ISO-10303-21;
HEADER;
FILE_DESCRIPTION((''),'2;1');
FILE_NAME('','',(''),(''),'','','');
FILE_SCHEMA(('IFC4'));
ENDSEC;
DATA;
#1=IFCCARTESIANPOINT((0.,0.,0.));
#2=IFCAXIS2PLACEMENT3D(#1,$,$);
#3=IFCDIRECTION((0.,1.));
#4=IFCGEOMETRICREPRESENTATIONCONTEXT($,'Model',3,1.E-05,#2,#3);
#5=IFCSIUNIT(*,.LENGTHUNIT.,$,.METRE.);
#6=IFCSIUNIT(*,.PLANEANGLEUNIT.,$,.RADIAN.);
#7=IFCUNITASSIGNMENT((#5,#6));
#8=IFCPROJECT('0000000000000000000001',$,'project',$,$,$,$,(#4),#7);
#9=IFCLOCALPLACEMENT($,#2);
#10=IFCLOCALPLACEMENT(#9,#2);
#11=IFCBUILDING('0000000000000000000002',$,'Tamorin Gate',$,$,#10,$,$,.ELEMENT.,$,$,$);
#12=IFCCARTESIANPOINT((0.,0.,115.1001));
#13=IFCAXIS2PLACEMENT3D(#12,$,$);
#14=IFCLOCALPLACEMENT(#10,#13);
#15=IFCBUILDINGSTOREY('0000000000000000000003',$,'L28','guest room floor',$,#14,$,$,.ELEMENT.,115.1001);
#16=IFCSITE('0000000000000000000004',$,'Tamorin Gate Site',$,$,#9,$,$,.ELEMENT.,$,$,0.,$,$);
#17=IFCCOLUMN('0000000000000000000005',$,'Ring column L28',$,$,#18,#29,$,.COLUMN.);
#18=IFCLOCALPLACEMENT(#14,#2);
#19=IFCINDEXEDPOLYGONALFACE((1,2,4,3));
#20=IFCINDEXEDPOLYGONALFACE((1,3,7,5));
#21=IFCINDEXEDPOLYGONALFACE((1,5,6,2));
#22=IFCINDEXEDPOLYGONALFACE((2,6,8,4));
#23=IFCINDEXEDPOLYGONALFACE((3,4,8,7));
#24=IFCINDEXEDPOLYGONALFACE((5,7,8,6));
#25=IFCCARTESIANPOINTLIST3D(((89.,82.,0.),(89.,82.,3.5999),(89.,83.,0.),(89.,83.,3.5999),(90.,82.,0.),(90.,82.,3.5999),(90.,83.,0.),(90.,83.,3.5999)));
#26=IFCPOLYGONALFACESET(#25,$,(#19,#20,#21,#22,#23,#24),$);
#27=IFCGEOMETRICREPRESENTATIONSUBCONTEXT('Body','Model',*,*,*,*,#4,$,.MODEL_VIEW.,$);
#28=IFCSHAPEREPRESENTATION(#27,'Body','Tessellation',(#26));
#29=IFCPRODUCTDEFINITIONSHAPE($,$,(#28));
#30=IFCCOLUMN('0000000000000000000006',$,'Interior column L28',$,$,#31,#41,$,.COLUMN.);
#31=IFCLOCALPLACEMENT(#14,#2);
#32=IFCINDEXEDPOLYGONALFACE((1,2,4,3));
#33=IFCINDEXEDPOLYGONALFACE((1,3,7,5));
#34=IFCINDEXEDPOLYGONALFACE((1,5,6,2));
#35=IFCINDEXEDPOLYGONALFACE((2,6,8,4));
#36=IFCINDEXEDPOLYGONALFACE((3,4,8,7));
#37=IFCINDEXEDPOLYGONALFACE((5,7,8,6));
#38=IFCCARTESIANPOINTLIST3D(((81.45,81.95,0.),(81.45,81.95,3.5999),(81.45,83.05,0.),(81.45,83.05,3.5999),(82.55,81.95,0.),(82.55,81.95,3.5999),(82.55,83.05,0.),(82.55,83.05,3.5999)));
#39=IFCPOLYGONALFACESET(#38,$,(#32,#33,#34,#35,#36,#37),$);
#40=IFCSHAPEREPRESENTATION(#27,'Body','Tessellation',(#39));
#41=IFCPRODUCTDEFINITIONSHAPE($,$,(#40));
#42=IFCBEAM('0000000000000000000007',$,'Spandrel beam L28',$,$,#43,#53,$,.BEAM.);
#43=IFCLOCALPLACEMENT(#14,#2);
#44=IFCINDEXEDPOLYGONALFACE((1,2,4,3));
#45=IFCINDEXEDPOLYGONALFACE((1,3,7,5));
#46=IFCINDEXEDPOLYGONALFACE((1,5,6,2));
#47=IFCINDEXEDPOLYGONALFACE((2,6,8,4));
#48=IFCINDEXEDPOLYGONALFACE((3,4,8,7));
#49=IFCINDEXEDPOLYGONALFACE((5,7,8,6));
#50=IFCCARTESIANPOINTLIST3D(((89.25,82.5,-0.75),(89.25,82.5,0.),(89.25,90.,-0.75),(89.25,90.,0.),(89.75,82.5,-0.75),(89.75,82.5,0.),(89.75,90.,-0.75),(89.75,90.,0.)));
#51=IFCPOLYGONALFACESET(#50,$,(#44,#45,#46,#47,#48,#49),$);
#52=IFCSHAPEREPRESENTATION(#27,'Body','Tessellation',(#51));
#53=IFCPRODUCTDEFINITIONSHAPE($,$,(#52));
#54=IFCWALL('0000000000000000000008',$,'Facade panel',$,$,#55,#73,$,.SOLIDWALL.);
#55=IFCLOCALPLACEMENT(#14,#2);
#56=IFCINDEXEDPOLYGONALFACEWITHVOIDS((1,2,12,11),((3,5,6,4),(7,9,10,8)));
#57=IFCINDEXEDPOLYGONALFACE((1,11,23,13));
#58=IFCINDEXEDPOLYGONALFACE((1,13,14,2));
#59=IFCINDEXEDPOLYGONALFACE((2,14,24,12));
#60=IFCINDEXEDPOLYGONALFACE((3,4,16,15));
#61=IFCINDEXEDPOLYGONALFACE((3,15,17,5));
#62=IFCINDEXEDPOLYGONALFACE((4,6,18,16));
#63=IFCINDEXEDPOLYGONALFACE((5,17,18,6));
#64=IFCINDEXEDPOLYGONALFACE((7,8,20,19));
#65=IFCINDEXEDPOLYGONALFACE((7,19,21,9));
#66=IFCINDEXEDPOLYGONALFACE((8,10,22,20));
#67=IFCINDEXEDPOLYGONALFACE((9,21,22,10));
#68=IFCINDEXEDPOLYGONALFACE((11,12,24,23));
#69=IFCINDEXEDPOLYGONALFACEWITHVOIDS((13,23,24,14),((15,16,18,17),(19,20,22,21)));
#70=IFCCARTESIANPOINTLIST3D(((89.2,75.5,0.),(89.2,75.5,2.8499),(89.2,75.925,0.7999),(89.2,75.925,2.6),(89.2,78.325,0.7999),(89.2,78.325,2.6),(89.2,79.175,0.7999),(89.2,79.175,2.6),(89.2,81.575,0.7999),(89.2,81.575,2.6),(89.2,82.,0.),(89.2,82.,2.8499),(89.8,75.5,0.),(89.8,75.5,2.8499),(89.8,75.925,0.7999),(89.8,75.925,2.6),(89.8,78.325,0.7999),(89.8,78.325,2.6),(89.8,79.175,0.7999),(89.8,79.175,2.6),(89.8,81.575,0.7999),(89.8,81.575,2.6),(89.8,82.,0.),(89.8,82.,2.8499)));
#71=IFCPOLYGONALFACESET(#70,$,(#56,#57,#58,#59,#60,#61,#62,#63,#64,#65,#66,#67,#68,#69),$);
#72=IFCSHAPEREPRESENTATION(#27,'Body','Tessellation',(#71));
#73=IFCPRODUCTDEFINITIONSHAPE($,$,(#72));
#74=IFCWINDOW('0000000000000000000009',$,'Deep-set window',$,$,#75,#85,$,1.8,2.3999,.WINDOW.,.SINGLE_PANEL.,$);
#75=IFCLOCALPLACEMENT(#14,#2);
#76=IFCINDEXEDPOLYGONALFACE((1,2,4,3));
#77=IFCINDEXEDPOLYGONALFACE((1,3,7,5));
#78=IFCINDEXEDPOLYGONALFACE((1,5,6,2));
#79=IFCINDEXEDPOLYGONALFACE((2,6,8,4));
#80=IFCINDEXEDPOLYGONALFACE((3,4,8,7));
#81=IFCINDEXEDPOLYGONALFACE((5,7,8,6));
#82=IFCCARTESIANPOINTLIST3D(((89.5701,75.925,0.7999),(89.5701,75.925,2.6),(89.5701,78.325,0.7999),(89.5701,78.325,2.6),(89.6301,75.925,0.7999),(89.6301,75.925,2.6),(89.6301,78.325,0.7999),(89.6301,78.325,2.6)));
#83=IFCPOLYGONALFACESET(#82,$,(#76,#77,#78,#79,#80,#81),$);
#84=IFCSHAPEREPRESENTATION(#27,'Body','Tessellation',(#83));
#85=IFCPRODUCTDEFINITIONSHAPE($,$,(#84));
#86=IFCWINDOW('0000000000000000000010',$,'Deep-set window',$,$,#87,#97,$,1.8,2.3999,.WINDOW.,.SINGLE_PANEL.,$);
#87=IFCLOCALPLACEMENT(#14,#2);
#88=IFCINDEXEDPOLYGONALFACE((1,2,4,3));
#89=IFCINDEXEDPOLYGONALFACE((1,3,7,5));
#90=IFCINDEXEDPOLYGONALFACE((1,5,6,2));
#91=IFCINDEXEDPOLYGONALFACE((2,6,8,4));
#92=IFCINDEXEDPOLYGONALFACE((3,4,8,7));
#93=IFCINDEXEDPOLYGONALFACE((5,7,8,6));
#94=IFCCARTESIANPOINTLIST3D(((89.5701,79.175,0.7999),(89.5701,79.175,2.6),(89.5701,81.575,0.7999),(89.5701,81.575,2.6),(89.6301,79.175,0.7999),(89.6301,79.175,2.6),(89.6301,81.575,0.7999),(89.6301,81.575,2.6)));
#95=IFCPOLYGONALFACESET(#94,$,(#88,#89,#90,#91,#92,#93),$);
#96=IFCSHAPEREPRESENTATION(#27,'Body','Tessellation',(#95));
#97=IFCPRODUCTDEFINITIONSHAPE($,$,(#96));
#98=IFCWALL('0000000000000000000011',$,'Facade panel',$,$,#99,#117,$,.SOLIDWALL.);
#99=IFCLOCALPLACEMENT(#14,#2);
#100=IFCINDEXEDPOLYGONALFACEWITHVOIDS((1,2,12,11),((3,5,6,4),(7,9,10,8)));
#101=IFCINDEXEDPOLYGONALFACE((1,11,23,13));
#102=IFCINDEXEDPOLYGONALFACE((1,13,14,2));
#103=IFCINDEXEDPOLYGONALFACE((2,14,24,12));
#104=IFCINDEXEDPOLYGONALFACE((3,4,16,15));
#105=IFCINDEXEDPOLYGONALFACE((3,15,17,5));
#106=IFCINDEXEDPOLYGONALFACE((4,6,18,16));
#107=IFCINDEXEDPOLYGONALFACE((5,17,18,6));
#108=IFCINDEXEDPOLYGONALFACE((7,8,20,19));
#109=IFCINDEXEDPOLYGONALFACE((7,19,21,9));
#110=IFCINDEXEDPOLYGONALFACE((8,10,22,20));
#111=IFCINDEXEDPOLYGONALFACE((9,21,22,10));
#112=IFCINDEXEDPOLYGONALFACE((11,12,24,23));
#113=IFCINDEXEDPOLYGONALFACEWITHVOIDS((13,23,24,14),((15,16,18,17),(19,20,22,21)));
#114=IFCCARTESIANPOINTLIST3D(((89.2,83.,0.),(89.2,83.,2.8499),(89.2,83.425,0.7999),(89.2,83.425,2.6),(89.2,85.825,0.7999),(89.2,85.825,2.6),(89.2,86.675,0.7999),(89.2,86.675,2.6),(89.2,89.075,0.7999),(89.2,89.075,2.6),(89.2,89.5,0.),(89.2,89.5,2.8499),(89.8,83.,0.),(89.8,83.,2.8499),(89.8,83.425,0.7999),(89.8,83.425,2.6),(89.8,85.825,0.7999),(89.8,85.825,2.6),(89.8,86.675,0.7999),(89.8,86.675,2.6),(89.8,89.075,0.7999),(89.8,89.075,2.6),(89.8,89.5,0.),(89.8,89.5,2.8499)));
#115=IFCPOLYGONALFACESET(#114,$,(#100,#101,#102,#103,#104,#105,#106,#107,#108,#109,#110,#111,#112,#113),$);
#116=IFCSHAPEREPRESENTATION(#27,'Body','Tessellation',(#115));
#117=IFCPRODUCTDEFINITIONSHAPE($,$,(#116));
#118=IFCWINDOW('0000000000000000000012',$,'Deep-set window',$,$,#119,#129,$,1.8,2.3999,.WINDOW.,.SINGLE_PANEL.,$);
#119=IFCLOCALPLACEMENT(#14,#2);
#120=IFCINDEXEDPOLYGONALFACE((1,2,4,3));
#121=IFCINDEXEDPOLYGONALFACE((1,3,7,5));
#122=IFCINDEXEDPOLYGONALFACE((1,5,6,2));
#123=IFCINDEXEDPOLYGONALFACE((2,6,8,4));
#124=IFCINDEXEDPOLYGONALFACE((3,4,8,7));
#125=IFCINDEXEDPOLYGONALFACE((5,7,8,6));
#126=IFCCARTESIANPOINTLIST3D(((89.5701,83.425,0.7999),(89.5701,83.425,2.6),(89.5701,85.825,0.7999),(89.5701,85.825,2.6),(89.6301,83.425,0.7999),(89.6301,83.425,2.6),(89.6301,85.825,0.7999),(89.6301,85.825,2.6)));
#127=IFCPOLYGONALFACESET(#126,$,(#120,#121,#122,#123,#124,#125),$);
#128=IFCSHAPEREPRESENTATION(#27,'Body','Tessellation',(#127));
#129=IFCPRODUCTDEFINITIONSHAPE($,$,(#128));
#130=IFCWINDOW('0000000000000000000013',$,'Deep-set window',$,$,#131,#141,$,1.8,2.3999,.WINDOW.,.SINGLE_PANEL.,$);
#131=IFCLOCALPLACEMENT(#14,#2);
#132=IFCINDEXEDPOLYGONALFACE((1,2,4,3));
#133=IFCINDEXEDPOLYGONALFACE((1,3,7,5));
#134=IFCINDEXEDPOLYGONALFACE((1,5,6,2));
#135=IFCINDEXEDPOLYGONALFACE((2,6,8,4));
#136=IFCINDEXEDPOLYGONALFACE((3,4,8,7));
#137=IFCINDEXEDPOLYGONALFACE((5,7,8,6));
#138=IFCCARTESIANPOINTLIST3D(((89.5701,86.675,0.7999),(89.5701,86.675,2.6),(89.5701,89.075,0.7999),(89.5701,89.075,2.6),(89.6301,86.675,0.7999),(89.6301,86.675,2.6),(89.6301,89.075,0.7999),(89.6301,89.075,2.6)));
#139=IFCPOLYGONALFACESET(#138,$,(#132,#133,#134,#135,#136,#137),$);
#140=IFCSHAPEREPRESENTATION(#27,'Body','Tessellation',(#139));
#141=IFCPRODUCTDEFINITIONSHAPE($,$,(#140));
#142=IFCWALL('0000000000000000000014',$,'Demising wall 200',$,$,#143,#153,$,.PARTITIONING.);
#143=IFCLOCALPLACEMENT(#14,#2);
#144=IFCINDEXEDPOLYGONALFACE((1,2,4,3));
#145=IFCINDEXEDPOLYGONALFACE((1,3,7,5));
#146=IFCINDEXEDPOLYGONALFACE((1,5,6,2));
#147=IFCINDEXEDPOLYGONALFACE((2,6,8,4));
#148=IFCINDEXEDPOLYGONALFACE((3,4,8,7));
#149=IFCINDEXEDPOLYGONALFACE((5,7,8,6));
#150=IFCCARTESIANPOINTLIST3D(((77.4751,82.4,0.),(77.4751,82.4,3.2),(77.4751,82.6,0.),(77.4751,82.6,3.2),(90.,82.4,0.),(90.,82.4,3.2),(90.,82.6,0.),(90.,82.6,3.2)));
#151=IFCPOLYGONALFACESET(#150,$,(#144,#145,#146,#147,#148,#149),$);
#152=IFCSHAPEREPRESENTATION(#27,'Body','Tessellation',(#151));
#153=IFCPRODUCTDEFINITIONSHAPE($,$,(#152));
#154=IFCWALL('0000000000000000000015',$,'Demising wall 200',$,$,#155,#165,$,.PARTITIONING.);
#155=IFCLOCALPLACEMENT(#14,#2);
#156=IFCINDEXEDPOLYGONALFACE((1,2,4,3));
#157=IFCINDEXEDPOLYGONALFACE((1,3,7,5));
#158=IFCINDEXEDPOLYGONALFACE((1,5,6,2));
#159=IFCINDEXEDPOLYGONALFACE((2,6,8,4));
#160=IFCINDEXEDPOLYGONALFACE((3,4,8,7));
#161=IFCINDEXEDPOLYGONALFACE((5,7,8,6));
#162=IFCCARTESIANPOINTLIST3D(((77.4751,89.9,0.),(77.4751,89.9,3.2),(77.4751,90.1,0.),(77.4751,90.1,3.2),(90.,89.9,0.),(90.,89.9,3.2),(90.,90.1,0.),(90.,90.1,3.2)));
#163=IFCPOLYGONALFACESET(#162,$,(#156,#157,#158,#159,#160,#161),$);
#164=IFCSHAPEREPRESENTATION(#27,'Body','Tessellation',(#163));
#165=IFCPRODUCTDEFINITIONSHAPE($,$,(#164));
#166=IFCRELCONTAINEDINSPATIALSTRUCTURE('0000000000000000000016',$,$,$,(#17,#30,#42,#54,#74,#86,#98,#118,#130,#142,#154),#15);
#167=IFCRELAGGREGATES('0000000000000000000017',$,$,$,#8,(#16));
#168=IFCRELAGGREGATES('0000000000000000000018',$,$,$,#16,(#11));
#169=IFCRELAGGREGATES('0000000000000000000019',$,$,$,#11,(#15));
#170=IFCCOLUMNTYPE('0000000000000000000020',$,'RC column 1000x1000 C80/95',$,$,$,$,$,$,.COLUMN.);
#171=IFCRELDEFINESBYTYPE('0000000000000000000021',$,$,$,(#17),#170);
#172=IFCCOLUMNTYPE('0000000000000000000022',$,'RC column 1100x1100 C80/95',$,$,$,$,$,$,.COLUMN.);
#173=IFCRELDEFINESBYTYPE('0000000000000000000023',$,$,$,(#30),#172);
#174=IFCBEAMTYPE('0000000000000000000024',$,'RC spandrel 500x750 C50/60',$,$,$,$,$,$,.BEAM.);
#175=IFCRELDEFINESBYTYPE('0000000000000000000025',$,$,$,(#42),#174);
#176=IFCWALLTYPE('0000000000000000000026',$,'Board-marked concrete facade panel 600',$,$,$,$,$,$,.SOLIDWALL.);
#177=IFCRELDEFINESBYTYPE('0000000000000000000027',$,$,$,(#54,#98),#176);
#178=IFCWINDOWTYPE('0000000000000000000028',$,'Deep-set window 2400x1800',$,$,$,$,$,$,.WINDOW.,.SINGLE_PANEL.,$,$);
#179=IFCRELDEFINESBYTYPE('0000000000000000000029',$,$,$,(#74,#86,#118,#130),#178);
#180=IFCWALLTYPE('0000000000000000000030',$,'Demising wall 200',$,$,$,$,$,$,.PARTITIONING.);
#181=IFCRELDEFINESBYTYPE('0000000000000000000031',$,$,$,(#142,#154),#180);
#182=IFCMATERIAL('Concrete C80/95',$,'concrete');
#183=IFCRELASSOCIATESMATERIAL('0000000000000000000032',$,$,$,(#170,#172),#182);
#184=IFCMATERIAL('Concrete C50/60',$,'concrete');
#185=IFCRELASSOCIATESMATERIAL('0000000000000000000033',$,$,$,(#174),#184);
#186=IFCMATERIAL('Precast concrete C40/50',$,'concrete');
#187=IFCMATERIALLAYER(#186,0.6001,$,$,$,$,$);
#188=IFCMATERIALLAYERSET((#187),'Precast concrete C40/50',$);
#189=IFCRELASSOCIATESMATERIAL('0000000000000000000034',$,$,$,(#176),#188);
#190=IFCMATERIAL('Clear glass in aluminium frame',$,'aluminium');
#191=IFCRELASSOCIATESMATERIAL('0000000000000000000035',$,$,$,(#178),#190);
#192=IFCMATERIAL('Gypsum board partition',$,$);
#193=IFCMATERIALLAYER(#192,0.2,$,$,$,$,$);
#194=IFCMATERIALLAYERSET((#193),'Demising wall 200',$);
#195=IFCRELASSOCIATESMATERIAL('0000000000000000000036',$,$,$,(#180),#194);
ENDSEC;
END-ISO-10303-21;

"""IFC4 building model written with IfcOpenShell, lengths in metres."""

from ifc_helpers import new_model, si_unit, direction, frame, frame_2d, origin, origin_2d, place, context, subcontext, project, spatial, rectangle, extrude, material, layer, layer_set, material_profile, profile_set, type_object, element, fill, save


model = new_model("IFC4")

# Units and contexts
model_context = context("Model", 3, precision=1e-05, world=origin(), true_north=direction((0.0, 1.0)))
body_context = subcontext(model_context, "Body", "Model", "MODEL_VIEW")
ifc_project = project(units=[si_unit("LENGTHUNIT", "METRE"), si_unit("PLANEANGLEUNIT", "RADIAN")], contexts=[model_context])

# Site, building, storey
site_placement = place(None, origin())
site = spatial("IfcSite", under=ifc_project, at=site_placement, Name="Tamorin Gate Site", CompositionType="ELEMENT", RefElevation=0.0)
building_placement = place(site_placement, origin())
building = spatial("IfcBuilding", under=site, at=building_placement, Name="Tamorin Gate", CompositionType="ELEMENT")
storey_placement = place(building_placement, frame((0.0, 0.0, 115.1001)))
storey = spatial("IfcBuildingStorey", under=building, at=storey_placement, Name="L28", Description="guest room floor", CompositionType="ELEMENT", Elevation=115.1001)

# Columns
ifc_material_1 = material(Name="Concrete C80/95", Category="concrete")
ifc_material_profile_1 = material_profile(ifc_material_1, rectangle(XDim=1.0, YDim=1.0, at=origin_2d()), Name="RC 1000x1000")
ifc_profile_set_1 = profile_set([ifc_material_profile_1], Name="Concrete C80/95")
column_type_1 = type_object("IfcColumnType", Name="RC column 1000x1000 C80/95", PredefinedType="COLUMN", material=ifc_profile_set_1)
column_1_placement = place(storey_placement, frame((89.5, 82.5, 0.0), z_axis=(0.0, 0.0, 1.0), x_axis=(1.0, 0.0, 0.0)))
element("IfcColumn", 1, at=column_1_placement, inside=storey, type_object=column_type_1, Name="Ring column L28", PredefinedType="COLUMN", context=body_context, shape_type="SweptSolid", body=[
    extrude(rectangle(XDim=1.0, YDim=1.0, at=origin_2d()), origin(), (0.0, 0.0, 1.0), 3.5999),
])
ifc_material_profile_2 = material_profile(ifc_material_1, rectangle(XDim=1.1001, YDim=1.1001, at=origin_2d()), Name="RC 1100x1100")
ifc_profile_set_2 = profile_set([ifc_material_profile_2], Name="Concrete C80/95")
column_type_2 = type_object("IfcColumnType", Name="RC column 1100x1100 C80/95", PredefinedType="COLUMN", material=ifc_profile_set_2)
column_2_placement = place(storey_placement, frame((82.0, 82.5, 0.0), z_axis=(0.0, 0.0, 1.0), x_axis=(1.0, 0.0, 0.0)))
element("IfcColumn", 2, at=column_2_placement, inside=storey, type_object=column_type_2, Name="Interior column L28", PredefinedType="COLUMN", context=body_context, shape_type="SweptSolid", body=[
    extrude(rectangle(XDim=1.1001, YDim=1.1001, at=origin_2d()), origin(), (0.0, 0.0, 1.0), 3.5999),
])

# Beam
ifc_material_2 = material(Name="Concrete C50/60", Category="concrete")
ifc_material_profile_3 = material_profile(ifc_material_2, rectangle(XDim=0.5, YDim=0.75, at=origin_2d()), Name="RC 500x750")
ifc_profile_set_3 = profile_set([ifc_material_profile_3], Name="Concrete C50/60")
beam_type = type_object("IfcBeamType", Name="RC spandrel 500x750 C50/60", PredefinedType="BEAM", material=ifc_profile_set_3)
beam_placement = place(storey_placement, frame((89.5, 82.5, -0.375), z_axis=(0.0, 1.0, 0.0), x_axis=(-1.0, 0.0, 0.0)))
element("IfcBeam", 3, at=beam_placement, inside=storey, type_object=beam_type, Name="Spandrel beam L28", PredefinedType="BEAM", context=body_context, shape_type="SweptSolid", body=[
    extrude(rectangle(XDim=0.5, YDim=0.75, at=origin_2d()), origin(), (0.0, 0.0, 1.0), 7.5),
])

# Walls, openings, windows
ifc_material_3 = material(Name="Precast concrete C40/50", Category="concrete")
ifc_layer_1 = layer(ifc_material_3, 0.6001)
ifc_layer_set_1 = layer_set([ifc_layer_1], Name="Precast concrete C40/50")
wall_type_1 = type_object("IfcWallType", Name="Board-marked concrete facade panel 600", PredefinedType="SOLIDWALL", material=ifc_layer_set_1)
wall_1_placement = place(storey_placement, frame((89.5, 75.5, 0.0), z_axis=(0.0, 0.0, 1.0), x_axis=(0.0, 1.0, 0.0)))
wall_1 = element("IfcWall", 4, at=wall_1_placement, inside=storey, type_object=wall_type_1, Name="Facade panel", PredefinedType="SOLIDWALL", context=body_context, shape_type="SweptSolid", body=[
    extrude(rectangle(XDim=6.5, YDim=0.6001, at=frame_2d((3.25, 0.0))), origin(), (0.0, 0.0, 1.0), 2.8499),
])
opening_1_placement = place(wall_1_placement, frame((0.425, 0.0, 0.8)))
opening_1 = element("IfcOpeningElement", 5, at=opening_1_placement, cuts=wall_1, PredefinedType="OPENING", context=body_context, shape_type="SweptSolid", body=[
    extrude(rectangle(XDim=2.3999, YDim=1.8, at=frame_2d((1.2, 0.8999))), frame((0.0, 0.3101, 0.0), z_axis=(0.0, -1.0, 0.0), x_axis=(1.0, 0.0, 0.0)), (0.0, 0.0, 1.0), 0.6201),
])
opening_2_placement = place(wall_1_placement, frame((3.675, 0.0, 0.8)))
opening_2 = element("IfcOpeningElement", 6, at=opening_2_placement, cuts=wall_1, PredefinedType="OPENING", context=body_context, shape_type="SweptSolid", body=[
    extrude(rectangle(XDim=2.3999, YDim=1.8, at=frame_2d((1.2, 0.8999))), frame((0.0, 0.3101, 0.0), z_axis=(0.0, -1.0, 0.0), x_axis=(1.0, 0.0, 0.0)), (0.0, 0.0, 1.0), 0.6201),
])
ifc_material_4 = material(Name="Clear glass in aluminium frame", Category="aluminium")
window_type = type_object("IfcWindowType", Name="Deep-set window 2400x1800", PartitioningType="SINGLE_PANEL", PredefinedType="WINDOW", material=ifc_material_4)
window_1_placement = place(opening_1_placement, origin())
window_1 = element("IfcWindow", 7, at=window_1_placement, inside=storey, type_object=window_type, Name="Deep-set window", OverallHeight=1.8, OverallWidth=2.3999, PartitioningType="SINGLE_PANEL", PredefinedType="WINDOW", context=body_context, shape_type="SweptSolid", body=[
    extrude(rectangle(XDim=2.3999, YDim=1.8, at=frame_2d((1.2, 0.8999))), frame((0.0, -0.0701, 0.0), z_axis=(0.0, -1.0, 0.0), x_axis=(1.0, 0.0, 0.0)), (0.0, 0.0, 1.0), 0.0601),
])
fill(opening_1, window_1)
window_2_placement = place(opening_2_placement, origin())
window_2 = element("IfcWindow", 8, at=window_2_placement, inside=storey, type_object=window_type, Name="Deep-set window", OverallHeight=1.8, OverallWidth=2.3999, PartitioningType="SINGLE_PANEL", PredefinedType="WINDOW", context=body_context, shape_type="SweptSolid", body=[
    extrude(rectangle(XDim=2.3999, YDim=1.8, at=frame_2d((1.2, 0.8999))), frame((0.0, -0.0701, 0.0), z_axis=(0.0, -1.0, 0.0), x_axis=(1.0, 0.0, 0.0)), (0.0, 0.0, 1.0), 0.0601),
])
fill(opening_2, window_2)
wall_2_placement = place(storey_placement, frame((89.5, 83.0, 0.0), z_axis=(0.0, 0.0, 1.0), x_axis=(0.0, 1.0, 0.0)))
wall_2 = element("IfcWall", 9, at=wall_2_placement, inside=storey, type_object=wall_type_1, Name="Facade panel", PredefinedType="SOLIDWALL", context=body_context, shape_type="SweptSolid", body=[
    extrude(rectangle(XDim=6.5, YDim=0.6001, at=frame_2d((3.25, 0.0))), origin(), (0.0, 0.0, 1.0), 2.8499),
])
opening_3_placement = place(wall_2_placement, frame((0.425, 0.0, 0.8)))
opening_3 = element("IfcOpeningElement", 10, at=opening_3_placement, cuts=wall_2, PredefinedType="OPENING", context=body_context, shape_type="SweptSolid", body=[
    extrude(rectangle(XDim=2.3999, YDim=1.8, at=frame_2d((1.2, 0.8999))), frame((0.0, 0.3101, 0.0), z_axis=(0.0, -1.0, 0.0), x_axis=(1.0, 0.0, 0.0)), (0.0, 0.0, 1.0), 0.6201),
])
opening_4_placement = place(wall_2_placement, frame((3.675, 0.0, 0.8)))
opening_4 = element("IfcOpeningElement", 11, at=opening_4_placement, cuts=wall_2, PredefinedType="OPENING", context=body_context, shape_type="SweptSolid", body=[
    extrude(rectangle(XDim=2.3999, YDim=1.8, at=frame_2d((1.2, 0.8999))), frame((0.0, 0.3101, 0.0), z_axis=(0.0, -1.0, 0.0), x_axis=(1.0, 0.0, 0.0)), (0.0, 0.0, 1.0), 0.6201),
])
window_3_placement = place(opening_3_placement, origin())
window_3 = element("IfcWindow", 12, at=window_3_placement, inside=storey, type_object=window_type, Name="Deep-set window", OverallHeight=1.8, OverallWidth=2.3999, PartitioningType="SINGLE_PANEL", PredefinedType="WINDOW", context=body_context, shape_type="SweptSolid", body=[
    extrude(rectangle(XDim=2.3999, YDim=1.8, at=frame_2d((1.2, 0.8999))), frame((0.0, -0.0701, 0.0), z_axis=(0.0, -1.0, 0.0), x_axis=(1.0, 0.0, 0.0)), (0.0, 0.0, 1.0), 0.0601),
])
fill(opening_3, window_3)
window_4_placement = place(opening_4_placement, origin())
window_4 = element("IfcWindow", 13, at=window_4_placement, inside=storey, type_object=window_type, Name="Deep-set window", OverallHeight=1.8, OverallWidth=2.3999, PartitioningType="SINGLE_PANEL", PredefinedType="WINDOW", context=body_context, shape_type="SweptSolid", body=[
    extrude(rectangle(XDim=2.3999, YDim=1.8, at=frame_2d((1.2, 0.8999))), frame((0.0, -0.0701, 0.0), z_axis=(0.0, -1.0, 0.0), x_axis=(1.0, 0.0, 0.0)), (0.0, 0.0, 1.0), 0.0601),
])
fill(opening_4, window_4)

# Walls
ifc_material_5 = material(Name="Gypsum board partition")
ifc_layer_2 = layer(ifc_material_5, 0.2)
ifc_layer_set_2 = layer_set([ifc_layer_2], Name="Demising wall 200")
wall_type_2 = type_object("IfcWallType", Name="Demising wall 200", PredefinedType="PARTITIONING", material=ifc_layer_set_2)
for number, where, z_axis, x_axis, name in (
    (14, (77.4751, 82.5, 0.0), (0.0, 0.0, 1.0), (1.0, 0.0, 0.0), "Demising wall 200"),
    (15, (77.4751, 90.0, 0.0), (0.0, 0.0, 1.0), (1.0, 0.0, 0.0), "Demising wall 200"),
):
    element("IfcWall", number, at=place(storey_placement, frame(where, z_axis=z_axis, x_axis=x_axis)), inside=storey, type_object=wall_type_2, Name=name, PredefinedType="PARTITIONING", context=body_context, shape_type="SweptSolid", body=[
        extrude(rectangle(XDim=12.5249, YDim=0.2, at=frame_2d((6.2625, 0.0))), origin(), (0.0, 0.0, 1.0), 3.2),
    ])

save(model, "model.ifc")
